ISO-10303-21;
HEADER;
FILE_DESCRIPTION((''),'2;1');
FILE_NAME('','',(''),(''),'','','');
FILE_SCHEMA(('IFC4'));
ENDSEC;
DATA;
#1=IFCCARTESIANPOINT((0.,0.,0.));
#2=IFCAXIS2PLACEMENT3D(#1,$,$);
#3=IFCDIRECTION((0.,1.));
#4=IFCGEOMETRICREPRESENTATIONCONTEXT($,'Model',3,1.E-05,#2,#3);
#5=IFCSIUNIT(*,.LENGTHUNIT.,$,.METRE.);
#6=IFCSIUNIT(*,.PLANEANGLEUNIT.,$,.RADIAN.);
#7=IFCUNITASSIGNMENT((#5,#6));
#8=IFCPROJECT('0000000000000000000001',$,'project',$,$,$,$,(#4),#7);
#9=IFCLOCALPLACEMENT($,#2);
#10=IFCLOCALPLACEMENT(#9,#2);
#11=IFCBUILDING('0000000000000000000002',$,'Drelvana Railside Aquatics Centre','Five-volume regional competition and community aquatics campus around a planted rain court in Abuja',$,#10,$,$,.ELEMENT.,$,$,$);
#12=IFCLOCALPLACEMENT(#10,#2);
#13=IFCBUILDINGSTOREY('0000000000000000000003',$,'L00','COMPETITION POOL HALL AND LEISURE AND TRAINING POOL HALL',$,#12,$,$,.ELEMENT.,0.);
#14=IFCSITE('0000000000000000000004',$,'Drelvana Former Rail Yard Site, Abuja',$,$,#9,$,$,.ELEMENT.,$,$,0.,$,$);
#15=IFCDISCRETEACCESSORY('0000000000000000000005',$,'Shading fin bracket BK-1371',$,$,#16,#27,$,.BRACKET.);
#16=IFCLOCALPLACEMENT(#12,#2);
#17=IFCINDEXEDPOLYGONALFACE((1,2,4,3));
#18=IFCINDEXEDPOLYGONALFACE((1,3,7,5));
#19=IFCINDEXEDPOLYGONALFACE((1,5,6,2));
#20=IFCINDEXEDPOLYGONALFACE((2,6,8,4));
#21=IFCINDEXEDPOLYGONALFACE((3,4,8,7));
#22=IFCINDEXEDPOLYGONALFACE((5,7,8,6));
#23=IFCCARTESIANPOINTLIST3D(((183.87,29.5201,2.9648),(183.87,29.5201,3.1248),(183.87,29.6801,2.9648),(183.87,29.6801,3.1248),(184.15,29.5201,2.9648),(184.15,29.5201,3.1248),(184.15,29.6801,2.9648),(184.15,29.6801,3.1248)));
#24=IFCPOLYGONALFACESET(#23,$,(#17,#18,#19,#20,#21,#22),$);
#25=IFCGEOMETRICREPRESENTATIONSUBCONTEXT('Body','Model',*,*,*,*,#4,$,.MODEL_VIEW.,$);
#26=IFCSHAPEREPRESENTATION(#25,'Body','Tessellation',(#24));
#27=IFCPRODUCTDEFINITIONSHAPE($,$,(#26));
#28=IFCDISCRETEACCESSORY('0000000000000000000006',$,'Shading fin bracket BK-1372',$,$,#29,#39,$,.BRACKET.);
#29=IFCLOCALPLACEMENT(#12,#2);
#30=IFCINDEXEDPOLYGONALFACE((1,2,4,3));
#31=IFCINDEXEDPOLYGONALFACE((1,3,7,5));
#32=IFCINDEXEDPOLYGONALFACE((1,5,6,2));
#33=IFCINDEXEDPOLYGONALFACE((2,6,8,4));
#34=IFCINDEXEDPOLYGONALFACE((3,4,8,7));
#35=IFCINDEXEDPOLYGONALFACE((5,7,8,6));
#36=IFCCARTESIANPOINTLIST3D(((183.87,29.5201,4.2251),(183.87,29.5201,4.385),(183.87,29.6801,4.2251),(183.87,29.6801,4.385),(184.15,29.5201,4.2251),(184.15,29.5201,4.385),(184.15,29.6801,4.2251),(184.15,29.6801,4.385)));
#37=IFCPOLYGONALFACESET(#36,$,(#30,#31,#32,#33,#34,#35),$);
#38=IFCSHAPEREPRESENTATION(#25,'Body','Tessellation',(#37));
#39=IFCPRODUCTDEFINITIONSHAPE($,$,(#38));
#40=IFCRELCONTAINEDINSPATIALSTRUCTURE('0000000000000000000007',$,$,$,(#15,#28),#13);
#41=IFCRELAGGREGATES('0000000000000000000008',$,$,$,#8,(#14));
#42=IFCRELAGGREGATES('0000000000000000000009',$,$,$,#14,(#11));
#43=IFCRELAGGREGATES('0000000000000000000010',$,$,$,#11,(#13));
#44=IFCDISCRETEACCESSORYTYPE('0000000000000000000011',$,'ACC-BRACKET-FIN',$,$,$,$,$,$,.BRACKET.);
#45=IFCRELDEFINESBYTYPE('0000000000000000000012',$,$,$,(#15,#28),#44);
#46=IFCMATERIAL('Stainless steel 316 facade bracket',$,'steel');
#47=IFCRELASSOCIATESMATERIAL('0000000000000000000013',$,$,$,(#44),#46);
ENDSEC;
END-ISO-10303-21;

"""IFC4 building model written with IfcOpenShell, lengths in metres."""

from ifc_helpers import new_model, si_unit, direction, frame, origin, origin_2d, place, context, subcontext, project, spatial, rectangle, extrude, material, type_object, element, save


model = new_model("IFC4")

# Units and contexts
model_context = context("Model", 3, precision=1e-05, world=origin(), true_north=direction((0.0, 1.0)))
body_context = subcontext(model_context, "Body", "Model", "MODEL_VIEW")
ifc_project = project(units=[si_unit("LENGTHUNIT", "METRE"), si_unit("PLANEANGLEUNIT", "RADIAN")], contexts=[model_context])

# Site, building, storey
site_placement = place(None, origin())
site = spatial("IfcSite", under=ifc_project, at=site_placement, Name="Drelvana Former Rail Yard Site, Abuja", CompositionType="ELEMENT", RefElevation=0.0)
building_placement = place(site_placement, origin())
building = spatial("IfcBuilding", under=site, at=building_placement, Name="Drelvana Railside Aquatics Centre", Description="Five-volume regional competition and community aquatics campus around a planted rain court in Abuja", CompositionType="ELEMENT")
storey_placement = place(building_placement, origin())
storey = spatial("IfcBuildingStorey", under=building, at=storey_placement, Name="L00", Description="COMPETITION POOL HALL AND LEISURE AND TRAINING POOL HALL", CompositionType="ELEMENT", Elevation=0.0)

# Discrete accessories
ifc_material_1 = material(Name="Stainless steel 316 facade bracket", Category="steel")
discrete_accessory_type = type_object("IfcDiscreteAccessoryType", Name="ACC-BRACKET-FIN", PredefinedType="BRACKET", material=ifc_material_1)
for number, where, z_axis, x_axis, name in (
    (1, (184.01, 29.6001, 2.9648), (0.0, 0.0, 1.0), (1.0, 0.0, 0.0), "Shading fin bracket BK-1371"),
    (2, (184.01, 29.6001, 4.2251), (0.0, 0.0, 1.0), (1.0, 0.0, 0.0), "Shading fin bracket BK-1372"),
):
    element("IfcDiscreteAccessory", number, at=place(storey_placement, frame(where, z_axis=z_axis, x_axis=x_axis)), inside=storey, type_object=discrete_accessory_type, Name=name, PredefinedType="BRACKET", context=body_context, shape_type="SweptSolid", body=[
        extrude(rectangle(XDim=0.28, YDim=0.1599, at=origin_2d()), origin(), (0.0, 0.0, 1.0), 0.1599),
    ])

save(model, "model.ifc")
